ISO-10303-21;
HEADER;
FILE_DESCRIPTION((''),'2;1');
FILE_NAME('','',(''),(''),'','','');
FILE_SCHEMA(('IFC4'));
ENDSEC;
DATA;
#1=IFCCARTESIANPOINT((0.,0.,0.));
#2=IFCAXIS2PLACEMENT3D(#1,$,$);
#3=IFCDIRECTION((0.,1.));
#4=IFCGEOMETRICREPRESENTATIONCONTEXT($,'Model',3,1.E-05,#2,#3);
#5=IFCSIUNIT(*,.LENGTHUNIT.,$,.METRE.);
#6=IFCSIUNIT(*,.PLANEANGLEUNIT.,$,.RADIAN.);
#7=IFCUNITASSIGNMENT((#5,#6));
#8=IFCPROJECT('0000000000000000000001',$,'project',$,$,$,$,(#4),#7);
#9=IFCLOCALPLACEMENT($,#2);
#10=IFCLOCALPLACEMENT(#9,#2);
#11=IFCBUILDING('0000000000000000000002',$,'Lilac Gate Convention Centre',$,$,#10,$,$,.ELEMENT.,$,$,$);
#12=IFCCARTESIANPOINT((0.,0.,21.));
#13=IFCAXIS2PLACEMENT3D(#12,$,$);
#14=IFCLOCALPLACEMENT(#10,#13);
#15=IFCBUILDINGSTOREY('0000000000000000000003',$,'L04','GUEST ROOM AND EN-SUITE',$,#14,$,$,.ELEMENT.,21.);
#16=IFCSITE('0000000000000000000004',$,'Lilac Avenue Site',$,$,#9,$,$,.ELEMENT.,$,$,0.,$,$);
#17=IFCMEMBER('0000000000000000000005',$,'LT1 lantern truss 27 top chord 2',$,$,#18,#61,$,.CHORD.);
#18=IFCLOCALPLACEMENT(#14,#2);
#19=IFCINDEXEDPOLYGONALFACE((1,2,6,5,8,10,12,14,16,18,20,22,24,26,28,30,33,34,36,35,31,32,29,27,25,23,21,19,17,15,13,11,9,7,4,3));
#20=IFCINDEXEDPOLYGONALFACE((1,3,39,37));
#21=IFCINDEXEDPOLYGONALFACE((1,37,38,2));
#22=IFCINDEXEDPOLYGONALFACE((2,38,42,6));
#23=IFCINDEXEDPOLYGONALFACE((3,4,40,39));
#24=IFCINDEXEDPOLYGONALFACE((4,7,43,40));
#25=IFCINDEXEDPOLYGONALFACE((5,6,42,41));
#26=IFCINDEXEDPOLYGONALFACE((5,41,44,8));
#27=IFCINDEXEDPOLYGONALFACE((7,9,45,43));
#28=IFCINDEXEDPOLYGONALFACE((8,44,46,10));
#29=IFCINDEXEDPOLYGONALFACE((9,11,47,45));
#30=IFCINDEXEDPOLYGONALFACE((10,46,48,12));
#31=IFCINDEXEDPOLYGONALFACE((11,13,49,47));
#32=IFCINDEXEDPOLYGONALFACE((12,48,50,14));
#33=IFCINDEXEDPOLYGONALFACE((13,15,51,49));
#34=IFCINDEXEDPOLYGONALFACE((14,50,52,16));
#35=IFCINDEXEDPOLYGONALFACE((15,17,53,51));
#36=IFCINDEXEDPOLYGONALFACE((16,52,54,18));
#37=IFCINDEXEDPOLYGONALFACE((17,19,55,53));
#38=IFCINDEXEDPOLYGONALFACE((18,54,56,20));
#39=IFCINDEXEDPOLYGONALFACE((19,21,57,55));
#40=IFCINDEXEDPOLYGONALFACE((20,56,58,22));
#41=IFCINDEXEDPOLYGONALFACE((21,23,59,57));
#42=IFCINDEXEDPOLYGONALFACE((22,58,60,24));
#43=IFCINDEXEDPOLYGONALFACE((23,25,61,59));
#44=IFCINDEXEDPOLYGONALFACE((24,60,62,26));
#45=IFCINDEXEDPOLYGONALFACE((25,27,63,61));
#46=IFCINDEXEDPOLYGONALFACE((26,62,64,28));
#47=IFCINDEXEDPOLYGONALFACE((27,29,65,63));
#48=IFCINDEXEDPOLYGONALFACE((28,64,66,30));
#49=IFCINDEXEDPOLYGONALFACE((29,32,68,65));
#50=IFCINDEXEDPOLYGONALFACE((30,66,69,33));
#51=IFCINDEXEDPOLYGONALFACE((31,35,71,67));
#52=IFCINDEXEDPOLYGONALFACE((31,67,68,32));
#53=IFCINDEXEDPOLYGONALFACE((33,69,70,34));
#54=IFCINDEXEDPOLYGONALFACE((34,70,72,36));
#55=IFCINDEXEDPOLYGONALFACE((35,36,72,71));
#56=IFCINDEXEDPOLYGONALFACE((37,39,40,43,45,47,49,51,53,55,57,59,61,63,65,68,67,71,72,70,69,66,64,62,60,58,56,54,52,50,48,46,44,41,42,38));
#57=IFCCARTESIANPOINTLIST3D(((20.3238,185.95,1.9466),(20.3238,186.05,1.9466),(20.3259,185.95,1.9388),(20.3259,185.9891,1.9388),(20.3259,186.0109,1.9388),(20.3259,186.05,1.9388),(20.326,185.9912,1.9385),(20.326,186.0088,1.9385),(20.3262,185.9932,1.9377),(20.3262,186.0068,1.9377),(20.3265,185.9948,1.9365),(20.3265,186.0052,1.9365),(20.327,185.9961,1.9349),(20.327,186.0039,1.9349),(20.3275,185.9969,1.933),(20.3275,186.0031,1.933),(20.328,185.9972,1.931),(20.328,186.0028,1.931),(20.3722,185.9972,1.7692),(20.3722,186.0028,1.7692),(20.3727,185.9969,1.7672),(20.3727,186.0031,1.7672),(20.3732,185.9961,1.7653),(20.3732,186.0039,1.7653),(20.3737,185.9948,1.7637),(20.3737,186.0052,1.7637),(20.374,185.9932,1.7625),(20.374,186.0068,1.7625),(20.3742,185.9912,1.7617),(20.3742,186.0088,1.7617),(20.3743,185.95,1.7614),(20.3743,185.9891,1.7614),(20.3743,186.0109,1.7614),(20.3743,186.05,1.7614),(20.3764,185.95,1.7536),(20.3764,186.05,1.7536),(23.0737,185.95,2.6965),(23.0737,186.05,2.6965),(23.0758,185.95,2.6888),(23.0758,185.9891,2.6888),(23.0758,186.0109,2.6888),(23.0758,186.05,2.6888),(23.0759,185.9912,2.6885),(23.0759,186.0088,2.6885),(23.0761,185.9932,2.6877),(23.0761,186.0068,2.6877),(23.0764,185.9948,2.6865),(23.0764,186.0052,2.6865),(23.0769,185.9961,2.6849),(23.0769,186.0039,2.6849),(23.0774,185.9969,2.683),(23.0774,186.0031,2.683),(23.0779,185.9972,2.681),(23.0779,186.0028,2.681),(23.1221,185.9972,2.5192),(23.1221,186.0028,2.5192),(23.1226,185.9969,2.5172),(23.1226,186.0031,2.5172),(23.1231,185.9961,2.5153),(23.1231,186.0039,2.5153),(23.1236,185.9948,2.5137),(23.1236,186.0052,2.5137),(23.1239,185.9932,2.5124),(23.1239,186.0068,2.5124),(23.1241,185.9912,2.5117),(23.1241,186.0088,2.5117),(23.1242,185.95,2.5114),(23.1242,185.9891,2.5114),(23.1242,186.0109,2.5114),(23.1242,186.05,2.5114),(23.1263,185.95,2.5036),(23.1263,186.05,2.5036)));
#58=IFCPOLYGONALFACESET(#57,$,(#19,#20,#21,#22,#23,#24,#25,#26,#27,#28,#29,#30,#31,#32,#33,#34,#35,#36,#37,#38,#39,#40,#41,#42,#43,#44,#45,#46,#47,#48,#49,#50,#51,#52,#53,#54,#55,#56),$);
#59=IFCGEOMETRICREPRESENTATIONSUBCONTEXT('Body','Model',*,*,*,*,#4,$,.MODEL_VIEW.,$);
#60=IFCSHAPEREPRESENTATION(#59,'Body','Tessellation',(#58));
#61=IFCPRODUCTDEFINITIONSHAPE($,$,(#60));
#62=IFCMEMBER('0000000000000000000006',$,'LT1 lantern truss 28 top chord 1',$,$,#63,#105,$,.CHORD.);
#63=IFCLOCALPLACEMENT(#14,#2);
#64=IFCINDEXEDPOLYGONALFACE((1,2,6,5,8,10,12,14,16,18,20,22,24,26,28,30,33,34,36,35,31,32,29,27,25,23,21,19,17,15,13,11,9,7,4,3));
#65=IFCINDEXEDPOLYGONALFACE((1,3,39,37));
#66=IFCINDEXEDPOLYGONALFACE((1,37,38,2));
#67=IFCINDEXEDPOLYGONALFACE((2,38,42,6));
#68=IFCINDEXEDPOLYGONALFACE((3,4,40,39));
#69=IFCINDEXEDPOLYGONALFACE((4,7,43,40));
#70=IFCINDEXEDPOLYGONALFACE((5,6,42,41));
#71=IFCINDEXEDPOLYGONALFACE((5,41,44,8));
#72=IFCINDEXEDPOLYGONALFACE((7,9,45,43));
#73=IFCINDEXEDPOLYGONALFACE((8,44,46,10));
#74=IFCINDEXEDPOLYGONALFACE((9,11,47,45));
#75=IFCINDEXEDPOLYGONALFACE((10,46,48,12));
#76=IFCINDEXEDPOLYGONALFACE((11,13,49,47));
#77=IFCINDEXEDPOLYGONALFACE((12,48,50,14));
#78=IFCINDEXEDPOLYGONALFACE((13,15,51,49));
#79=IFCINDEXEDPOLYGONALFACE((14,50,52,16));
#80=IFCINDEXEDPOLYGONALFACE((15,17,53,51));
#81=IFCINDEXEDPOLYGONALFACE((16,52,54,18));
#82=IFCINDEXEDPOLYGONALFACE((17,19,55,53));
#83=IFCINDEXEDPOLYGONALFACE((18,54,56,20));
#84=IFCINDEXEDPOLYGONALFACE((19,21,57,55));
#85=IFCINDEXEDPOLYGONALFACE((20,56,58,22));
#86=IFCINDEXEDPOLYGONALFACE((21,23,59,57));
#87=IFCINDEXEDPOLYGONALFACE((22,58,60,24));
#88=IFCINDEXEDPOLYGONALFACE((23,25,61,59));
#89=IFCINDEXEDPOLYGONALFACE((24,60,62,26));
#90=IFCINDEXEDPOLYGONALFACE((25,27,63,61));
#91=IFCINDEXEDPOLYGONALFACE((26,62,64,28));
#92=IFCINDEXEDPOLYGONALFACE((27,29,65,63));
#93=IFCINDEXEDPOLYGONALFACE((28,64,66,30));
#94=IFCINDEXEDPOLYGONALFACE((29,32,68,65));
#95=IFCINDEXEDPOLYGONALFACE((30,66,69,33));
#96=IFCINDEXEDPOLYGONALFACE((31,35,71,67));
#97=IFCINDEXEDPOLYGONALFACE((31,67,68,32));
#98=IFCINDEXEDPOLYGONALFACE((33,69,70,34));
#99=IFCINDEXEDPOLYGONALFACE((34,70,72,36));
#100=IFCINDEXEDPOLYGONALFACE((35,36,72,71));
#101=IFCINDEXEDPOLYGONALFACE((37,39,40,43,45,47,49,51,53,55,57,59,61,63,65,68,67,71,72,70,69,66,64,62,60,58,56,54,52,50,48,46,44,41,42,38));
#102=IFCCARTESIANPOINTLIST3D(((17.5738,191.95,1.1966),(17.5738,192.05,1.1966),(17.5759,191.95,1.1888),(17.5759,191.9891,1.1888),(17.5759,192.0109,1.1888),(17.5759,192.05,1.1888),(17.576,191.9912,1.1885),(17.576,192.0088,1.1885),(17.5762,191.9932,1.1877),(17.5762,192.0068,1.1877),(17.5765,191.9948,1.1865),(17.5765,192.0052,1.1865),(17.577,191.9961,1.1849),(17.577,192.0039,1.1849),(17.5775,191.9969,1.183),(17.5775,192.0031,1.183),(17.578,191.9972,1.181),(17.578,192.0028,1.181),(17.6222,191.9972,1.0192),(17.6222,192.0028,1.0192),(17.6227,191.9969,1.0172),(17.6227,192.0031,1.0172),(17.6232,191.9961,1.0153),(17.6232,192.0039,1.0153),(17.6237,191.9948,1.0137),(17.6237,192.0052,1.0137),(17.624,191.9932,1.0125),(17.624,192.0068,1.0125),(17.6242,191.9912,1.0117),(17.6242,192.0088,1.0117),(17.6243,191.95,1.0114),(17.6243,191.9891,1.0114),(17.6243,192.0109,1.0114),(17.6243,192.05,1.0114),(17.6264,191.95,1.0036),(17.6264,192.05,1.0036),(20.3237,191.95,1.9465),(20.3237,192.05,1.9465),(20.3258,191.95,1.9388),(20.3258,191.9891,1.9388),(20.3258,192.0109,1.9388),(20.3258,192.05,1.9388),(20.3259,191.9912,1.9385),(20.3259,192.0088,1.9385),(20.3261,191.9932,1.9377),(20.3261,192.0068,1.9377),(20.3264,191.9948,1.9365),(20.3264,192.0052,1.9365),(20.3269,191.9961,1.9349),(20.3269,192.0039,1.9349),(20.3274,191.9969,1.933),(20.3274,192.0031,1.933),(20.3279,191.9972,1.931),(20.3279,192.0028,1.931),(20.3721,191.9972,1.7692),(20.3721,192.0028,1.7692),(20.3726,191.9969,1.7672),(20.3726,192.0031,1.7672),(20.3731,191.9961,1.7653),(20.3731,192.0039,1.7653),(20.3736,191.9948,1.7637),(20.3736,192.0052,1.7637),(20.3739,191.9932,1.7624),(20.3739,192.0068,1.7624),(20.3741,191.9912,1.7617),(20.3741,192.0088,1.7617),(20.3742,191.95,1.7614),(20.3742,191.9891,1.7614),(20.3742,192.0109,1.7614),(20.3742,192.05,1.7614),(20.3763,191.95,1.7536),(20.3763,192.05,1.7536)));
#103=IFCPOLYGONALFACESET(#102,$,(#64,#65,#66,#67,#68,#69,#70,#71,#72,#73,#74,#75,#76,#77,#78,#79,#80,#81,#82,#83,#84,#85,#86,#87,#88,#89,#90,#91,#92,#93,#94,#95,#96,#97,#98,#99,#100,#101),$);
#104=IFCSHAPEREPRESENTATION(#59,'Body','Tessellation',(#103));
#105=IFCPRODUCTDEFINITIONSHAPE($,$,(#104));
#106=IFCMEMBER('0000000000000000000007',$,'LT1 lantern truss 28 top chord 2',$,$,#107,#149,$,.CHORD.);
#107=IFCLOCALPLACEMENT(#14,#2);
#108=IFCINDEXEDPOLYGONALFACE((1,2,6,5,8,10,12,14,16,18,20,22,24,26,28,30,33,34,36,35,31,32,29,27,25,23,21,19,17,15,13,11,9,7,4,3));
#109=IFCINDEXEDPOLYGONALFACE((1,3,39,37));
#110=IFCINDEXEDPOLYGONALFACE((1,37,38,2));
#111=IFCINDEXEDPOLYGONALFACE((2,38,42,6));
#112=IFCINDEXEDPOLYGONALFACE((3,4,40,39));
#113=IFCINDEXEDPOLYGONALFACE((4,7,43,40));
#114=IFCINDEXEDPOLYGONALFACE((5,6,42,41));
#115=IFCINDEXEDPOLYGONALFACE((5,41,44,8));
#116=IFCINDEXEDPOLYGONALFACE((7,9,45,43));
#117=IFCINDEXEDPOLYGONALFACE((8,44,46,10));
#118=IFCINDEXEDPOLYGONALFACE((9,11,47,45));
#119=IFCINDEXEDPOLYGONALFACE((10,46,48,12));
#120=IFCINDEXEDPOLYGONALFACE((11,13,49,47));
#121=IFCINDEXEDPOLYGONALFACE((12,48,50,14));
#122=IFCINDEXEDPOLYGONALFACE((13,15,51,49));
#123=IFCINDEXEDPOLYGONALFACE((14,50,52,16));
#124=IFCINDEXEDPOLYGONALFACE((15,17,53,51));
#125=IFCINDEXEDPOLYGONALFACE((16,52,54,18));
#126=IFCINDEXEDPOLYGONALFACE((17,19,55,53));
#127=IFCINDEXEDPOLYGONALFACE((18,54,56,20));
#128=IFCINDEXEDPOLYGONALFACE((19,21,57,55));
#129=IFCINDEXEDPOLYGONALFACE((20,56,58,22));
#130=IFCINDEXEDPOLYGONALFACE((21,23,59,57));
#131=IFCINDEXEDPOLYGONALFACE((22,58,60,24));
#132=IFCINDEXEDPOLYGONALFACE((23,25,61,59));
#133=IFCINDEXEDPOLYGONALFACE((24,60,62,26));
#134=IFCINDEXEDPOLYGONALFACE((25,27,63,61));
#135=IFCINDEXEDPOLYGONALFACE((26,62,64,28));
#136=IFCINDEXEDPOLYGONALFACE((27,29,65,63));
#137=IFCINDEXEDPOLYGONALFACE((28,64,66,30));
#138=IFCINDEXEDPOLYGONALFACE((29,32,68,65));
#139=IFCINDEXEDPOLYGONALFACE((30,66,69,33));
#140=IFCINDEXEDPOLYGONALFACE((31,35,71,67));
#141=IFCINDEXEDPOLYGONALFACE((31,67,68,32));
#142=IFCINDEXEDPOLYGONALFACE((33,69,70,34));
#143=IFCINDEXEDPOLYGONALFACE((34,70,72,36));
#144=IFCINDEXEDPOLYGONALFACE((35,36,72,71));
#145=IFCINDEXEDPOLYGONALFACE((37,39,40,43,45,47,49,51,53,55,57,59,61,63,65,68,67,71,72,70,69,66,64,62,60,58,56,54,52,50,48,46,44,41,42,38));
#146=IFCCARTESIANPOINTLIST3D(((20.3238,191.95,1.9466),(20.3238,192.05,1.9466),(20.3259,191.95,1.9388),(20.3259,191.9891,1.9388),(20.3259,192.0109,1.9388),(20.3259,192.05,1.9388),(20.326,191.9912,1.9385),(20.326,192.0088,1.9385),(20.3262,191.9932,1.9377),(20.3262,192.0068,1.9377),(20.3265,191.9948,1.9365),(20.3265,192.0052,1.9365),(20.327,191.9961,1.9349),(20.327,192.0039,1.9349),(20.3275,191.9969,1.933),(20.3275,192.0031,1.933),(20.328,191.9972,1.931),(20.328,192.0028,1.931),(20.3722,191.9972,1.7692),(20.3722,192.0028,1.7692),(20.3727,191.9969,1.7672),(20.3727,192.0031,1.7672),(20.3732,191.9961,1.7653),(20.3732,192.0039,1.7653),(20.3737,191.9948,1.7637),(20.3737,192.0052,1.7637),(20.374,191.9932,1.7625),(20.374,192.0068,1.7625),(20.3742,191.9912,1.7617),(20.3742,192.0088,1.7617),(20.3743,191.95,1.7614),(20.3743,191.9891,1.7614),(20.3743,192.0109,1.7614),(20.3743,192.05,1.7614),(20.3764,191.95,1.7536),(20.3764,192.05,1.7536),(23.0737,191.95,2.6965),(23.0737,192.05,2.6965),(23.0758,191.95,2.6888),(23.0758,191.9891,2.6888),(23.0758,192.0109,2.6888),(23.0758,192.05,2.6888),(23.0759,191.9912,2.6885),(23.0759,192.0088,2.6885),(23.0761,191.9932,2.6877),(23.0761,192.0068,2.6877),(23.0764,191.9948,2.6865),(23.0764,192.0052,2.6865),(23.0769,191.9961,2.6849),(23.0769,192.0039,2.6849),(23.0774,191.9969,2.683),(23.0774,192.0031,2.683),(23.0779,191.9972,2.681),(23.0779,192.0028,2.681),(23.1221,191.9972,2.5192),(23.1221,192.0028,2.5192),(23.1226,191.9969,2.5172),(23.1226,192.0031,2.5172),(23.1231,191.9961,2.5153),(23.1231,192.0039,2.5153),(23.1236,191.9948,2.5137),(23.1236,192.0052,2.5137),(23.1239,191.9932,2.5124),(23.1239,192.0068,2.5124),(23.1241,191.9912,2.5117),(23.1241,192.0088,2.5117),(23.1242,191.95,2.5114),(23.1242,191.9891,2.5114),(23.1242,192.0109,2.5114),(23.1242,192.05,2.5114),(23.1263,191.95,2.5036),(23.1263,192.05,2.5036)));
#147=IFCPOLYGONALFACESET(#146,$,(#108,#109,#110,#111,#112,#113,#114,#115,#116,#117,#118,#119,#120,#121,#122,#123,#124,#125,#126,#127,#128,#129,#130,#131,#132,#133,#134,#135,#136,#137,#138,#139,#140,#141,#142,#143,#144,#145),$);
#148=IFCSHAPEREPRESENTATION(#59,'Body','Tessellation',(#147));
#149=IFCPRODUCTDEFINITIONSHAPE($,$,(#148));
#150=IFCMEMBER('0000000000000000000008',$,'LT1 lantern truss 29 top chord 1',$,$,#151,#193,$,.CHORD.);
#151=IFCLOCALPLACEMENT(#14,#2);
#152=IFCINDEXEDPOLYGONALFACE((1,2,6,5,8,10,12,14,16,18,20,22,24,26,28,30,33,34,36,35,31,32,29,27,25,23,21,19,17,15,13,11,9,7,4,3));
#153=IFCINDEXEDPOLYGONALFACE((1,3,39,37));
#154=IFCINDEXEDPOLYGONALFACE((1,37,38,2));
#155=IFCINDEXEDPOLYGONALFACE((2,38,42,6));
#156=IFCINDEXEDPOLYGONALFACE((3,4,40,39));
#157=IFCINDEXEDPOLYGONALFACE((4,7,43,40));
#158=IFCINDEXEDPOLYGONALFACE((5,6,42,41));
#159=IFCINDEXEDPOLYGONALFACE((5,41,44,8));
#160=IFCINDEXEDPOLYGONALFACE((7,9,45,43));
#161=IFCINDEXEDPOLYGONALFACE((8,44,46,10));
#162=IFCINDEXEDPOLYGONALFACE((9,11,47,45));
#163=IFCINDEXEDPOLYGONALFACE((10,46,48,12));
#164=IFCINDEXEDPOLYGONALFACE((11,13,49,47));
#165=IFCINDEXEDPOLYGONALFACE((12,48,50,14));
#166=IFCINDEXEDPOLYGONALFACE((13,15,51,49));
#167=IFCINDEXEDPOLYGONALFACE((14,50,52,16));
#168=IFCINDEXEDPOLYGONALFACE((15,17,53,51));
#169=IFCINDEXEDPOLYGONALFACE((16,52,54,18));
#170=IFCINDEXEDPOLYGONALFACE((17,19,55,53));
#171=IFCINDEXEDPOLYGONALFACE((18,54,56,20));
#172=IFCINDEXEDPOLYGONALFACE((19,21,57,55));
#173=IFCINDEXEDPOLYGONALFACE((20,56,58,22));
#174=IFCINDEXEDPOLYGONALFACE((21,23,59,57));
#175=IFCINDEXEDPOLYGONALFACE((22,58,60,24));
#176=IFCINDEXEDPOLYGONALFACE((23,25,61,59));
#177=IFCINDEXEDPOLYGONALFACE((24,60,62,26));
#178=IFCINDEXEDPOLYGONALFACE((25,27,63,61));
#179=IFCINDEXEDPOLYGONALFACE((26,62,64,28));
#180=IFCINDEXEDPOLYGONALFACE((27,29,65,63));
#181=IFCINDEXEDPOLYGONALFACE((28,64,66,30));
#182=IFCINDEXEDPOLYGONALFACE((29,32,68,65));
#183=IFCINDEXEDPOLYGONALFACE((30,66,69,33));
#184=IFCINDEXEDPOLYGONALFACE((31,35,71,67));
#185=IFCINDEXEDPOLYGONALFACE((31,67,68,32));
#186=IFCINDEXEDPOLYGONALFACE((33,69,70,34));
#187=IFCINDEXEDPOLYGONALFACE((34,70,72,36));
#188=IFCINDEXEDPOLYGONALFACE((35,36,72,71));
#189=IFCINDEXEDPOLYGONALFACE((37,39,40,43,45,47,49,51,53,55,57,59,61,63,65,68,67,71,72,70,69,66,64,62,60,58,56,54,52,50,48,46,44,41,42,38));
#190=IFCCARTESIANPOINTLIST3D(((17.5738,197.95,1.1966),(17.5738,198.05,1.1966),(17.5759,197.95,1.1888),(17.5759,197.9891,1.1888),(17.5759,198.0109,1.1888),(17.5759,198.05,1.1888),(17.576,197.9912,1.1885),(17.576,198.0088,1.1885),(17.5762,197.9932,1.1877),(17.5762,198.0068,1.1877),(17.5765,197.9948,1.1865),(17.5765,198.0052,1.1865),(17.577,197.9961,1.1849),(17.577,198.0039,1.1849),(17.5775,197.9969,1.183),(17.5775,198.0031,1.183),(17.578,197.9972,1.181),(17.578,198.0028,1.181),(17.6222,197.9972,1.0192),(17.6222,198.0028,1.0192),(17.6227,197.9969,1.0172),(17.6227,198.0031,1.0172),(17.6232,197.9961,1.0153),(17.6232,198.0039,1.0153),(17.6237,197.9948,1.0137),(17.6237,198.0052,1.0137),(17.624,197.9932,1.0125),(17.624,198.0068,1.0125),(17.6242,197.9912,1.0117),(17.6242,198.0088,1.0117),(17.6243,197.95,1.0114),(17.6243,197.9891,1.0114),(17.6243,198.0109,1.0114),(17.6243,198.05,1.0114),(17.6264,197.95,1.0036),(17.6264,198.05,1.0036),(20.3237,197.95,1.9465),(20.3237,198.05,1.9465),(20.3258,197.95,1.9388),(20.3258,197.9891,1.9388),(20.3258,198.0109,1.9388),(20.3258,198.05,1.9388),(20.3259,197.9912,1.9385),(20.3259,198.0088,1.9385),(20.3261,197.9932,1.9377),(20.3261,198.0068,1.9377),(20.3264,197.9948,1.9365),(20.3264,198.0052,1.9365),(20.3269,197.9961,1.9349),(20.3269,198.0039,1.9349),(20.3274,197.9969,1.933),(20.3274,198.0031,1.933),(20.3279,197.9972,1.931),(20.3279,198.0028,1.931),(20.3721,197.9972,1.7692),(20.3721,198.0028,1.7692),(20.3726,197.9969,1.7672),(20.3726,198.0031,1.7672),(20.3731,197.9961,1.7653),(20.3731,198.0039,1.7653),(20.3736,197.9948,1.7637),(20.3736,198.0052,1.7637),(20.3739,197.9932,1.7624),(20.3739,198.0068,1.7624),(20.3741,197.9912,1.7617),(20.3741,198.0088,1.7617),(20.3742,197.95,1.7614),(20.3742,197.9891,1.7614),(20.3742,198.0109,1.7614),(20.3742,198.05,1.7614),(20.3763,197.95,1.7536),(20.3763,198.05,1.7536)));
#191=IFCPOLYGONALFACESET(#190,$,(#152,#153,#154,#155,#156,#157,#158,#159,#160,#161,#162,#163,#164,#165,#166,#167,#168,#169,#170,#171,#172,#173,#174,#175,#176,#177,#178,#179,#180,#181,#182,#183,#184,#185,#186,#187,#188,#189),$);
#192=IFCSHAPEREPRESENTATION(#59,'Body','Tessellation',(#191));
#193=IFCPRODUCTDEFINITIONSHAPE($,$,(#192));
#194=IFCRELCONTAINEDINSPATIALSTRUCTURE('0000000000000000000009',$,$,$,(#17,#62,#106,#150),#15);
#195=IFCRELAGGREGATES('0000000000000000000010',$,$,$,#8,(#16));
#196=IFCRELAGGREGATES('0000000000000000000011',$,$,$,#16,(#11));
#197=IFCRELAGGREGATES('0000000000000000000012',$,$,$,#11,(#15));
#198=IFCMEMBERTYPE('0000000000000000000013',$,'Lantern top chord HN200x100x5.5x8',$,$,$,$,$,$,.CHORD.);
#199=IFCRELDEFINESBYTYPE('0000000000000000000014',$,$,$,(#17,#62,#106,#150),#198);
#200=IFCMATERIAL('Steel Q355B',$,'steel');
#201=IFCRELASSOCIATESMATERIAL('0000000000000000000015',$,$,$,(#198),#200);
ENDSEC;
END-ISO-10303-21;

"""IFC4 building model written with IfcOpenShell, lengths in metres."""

from ifc_helpers import new_model, si_unit, direction, frame, origin, origin_2d, place, context, subcontext, project, spatial, i_section, extrude, material, material_profile, profile_set, type_object, element, save


model = new_model("IFC4")

# Units and contexts
model_context = context("Model", 3, precision=1e-05, world=origin(), true_north=direction((0.0, 1.0)))
body_context = subcontext(model_context, "Body", "Model", "MODEL_VIEW")
ifc_project = project(units=[si_unit("LENGTHUNIT", "METRE"), si_unit("PLANEANGLEUNIT", "RADIAN")], contexts=[model_context])

# Site, building, storey
site_placement = place(None, origin())
site = spatial("IfcSite", under=ifc_project, at=site_placement, Name="Lilac Avenue Site", CompositionType="ELEMENT", RefElevation=0.0)
building_placement = place(site_placement, origin())
building = spatial("IfcBuilding", under=site, at=building_placement, Name="Lilac Gate Convention Centre", CompositionType="ELEMENT")
storey_placement = place(building_placement, frame((0.0, 0.0, 21.0)))
storey = spatial("IfcBuildingStorey", under=building, at=storey_placement, Name="L04", Description="GUEST ROOM AND EN-SUITE", CompositionType="ELEMENT", Elevation=21.0)

# Members
ifc_material_1 = material(Name="Steel Q355B", Category="steel")
ifc_material_profile_1 = material_profile(ifc_material_1, i_section(OverallWidth=0.1001, OverallDepth=0.2, WebThickness=0.0056, FlangeThickness=0.0081, FilletRadius=0.0081, at=origin_2d()), Name="HN200x100x5.5x8")
ifc_profile_set_1 = profile_set([ifc_material_profile_1], Name="Steel Q355B")
member_type_1 = type_object("IfcMemberType", Name="Lantern top chord HN200x100x5.5x8", PredefinedType="CHORD", material=ifc_profile_set_1)
for number, where, z_axis, x_axis, name in (
    (1, (20.3501, 186.0, 1.8501), (0.964764, 0.0, 0.263117), (0.0, 1.0, 0.0), "LT1 lantern truss 27 top chord 2"),
    (2, (17.6001, 192.0, 1.1001), (0.964764, 0.0, 0.263117), (0.0, 1.0, 0.0), "LT1 lantern truss 28 top chord 1"),
    (3, (20.3501, 192.0, 1.8501), (0.964764, 0.0, 0.263117), (0.0, 1.0, 0.0), "LT1 lantern truss 28 top chord 2"),
    (4, (17.6001, 198.0, 1.1001), (0.964764, 0.0, 0.263117), (0.0, 1.0, 0.0), "LT1 lantern truss 29 top chord 1"),
):
    element("IfcMember", number, at=place(storey_placement, frame(where, z_axis=z_axis, x_axis=x_axis)), inside=storey, type_object=member_type_1, Name=name, PredefinedType="CHORD", context=body_context, shape_type="SweptSolid", body=[
        extrude(i_section(OverallWidth=0.1001, OverallDepth=0.2, WebThickness=0.0056, FlangeThickness=0.0081, FilletRadius=0.0081, at=origin_2d()), origin(), (0.0, 0.0, 1.0), 2.8503),
    ])

save(model, "model.ifc")
